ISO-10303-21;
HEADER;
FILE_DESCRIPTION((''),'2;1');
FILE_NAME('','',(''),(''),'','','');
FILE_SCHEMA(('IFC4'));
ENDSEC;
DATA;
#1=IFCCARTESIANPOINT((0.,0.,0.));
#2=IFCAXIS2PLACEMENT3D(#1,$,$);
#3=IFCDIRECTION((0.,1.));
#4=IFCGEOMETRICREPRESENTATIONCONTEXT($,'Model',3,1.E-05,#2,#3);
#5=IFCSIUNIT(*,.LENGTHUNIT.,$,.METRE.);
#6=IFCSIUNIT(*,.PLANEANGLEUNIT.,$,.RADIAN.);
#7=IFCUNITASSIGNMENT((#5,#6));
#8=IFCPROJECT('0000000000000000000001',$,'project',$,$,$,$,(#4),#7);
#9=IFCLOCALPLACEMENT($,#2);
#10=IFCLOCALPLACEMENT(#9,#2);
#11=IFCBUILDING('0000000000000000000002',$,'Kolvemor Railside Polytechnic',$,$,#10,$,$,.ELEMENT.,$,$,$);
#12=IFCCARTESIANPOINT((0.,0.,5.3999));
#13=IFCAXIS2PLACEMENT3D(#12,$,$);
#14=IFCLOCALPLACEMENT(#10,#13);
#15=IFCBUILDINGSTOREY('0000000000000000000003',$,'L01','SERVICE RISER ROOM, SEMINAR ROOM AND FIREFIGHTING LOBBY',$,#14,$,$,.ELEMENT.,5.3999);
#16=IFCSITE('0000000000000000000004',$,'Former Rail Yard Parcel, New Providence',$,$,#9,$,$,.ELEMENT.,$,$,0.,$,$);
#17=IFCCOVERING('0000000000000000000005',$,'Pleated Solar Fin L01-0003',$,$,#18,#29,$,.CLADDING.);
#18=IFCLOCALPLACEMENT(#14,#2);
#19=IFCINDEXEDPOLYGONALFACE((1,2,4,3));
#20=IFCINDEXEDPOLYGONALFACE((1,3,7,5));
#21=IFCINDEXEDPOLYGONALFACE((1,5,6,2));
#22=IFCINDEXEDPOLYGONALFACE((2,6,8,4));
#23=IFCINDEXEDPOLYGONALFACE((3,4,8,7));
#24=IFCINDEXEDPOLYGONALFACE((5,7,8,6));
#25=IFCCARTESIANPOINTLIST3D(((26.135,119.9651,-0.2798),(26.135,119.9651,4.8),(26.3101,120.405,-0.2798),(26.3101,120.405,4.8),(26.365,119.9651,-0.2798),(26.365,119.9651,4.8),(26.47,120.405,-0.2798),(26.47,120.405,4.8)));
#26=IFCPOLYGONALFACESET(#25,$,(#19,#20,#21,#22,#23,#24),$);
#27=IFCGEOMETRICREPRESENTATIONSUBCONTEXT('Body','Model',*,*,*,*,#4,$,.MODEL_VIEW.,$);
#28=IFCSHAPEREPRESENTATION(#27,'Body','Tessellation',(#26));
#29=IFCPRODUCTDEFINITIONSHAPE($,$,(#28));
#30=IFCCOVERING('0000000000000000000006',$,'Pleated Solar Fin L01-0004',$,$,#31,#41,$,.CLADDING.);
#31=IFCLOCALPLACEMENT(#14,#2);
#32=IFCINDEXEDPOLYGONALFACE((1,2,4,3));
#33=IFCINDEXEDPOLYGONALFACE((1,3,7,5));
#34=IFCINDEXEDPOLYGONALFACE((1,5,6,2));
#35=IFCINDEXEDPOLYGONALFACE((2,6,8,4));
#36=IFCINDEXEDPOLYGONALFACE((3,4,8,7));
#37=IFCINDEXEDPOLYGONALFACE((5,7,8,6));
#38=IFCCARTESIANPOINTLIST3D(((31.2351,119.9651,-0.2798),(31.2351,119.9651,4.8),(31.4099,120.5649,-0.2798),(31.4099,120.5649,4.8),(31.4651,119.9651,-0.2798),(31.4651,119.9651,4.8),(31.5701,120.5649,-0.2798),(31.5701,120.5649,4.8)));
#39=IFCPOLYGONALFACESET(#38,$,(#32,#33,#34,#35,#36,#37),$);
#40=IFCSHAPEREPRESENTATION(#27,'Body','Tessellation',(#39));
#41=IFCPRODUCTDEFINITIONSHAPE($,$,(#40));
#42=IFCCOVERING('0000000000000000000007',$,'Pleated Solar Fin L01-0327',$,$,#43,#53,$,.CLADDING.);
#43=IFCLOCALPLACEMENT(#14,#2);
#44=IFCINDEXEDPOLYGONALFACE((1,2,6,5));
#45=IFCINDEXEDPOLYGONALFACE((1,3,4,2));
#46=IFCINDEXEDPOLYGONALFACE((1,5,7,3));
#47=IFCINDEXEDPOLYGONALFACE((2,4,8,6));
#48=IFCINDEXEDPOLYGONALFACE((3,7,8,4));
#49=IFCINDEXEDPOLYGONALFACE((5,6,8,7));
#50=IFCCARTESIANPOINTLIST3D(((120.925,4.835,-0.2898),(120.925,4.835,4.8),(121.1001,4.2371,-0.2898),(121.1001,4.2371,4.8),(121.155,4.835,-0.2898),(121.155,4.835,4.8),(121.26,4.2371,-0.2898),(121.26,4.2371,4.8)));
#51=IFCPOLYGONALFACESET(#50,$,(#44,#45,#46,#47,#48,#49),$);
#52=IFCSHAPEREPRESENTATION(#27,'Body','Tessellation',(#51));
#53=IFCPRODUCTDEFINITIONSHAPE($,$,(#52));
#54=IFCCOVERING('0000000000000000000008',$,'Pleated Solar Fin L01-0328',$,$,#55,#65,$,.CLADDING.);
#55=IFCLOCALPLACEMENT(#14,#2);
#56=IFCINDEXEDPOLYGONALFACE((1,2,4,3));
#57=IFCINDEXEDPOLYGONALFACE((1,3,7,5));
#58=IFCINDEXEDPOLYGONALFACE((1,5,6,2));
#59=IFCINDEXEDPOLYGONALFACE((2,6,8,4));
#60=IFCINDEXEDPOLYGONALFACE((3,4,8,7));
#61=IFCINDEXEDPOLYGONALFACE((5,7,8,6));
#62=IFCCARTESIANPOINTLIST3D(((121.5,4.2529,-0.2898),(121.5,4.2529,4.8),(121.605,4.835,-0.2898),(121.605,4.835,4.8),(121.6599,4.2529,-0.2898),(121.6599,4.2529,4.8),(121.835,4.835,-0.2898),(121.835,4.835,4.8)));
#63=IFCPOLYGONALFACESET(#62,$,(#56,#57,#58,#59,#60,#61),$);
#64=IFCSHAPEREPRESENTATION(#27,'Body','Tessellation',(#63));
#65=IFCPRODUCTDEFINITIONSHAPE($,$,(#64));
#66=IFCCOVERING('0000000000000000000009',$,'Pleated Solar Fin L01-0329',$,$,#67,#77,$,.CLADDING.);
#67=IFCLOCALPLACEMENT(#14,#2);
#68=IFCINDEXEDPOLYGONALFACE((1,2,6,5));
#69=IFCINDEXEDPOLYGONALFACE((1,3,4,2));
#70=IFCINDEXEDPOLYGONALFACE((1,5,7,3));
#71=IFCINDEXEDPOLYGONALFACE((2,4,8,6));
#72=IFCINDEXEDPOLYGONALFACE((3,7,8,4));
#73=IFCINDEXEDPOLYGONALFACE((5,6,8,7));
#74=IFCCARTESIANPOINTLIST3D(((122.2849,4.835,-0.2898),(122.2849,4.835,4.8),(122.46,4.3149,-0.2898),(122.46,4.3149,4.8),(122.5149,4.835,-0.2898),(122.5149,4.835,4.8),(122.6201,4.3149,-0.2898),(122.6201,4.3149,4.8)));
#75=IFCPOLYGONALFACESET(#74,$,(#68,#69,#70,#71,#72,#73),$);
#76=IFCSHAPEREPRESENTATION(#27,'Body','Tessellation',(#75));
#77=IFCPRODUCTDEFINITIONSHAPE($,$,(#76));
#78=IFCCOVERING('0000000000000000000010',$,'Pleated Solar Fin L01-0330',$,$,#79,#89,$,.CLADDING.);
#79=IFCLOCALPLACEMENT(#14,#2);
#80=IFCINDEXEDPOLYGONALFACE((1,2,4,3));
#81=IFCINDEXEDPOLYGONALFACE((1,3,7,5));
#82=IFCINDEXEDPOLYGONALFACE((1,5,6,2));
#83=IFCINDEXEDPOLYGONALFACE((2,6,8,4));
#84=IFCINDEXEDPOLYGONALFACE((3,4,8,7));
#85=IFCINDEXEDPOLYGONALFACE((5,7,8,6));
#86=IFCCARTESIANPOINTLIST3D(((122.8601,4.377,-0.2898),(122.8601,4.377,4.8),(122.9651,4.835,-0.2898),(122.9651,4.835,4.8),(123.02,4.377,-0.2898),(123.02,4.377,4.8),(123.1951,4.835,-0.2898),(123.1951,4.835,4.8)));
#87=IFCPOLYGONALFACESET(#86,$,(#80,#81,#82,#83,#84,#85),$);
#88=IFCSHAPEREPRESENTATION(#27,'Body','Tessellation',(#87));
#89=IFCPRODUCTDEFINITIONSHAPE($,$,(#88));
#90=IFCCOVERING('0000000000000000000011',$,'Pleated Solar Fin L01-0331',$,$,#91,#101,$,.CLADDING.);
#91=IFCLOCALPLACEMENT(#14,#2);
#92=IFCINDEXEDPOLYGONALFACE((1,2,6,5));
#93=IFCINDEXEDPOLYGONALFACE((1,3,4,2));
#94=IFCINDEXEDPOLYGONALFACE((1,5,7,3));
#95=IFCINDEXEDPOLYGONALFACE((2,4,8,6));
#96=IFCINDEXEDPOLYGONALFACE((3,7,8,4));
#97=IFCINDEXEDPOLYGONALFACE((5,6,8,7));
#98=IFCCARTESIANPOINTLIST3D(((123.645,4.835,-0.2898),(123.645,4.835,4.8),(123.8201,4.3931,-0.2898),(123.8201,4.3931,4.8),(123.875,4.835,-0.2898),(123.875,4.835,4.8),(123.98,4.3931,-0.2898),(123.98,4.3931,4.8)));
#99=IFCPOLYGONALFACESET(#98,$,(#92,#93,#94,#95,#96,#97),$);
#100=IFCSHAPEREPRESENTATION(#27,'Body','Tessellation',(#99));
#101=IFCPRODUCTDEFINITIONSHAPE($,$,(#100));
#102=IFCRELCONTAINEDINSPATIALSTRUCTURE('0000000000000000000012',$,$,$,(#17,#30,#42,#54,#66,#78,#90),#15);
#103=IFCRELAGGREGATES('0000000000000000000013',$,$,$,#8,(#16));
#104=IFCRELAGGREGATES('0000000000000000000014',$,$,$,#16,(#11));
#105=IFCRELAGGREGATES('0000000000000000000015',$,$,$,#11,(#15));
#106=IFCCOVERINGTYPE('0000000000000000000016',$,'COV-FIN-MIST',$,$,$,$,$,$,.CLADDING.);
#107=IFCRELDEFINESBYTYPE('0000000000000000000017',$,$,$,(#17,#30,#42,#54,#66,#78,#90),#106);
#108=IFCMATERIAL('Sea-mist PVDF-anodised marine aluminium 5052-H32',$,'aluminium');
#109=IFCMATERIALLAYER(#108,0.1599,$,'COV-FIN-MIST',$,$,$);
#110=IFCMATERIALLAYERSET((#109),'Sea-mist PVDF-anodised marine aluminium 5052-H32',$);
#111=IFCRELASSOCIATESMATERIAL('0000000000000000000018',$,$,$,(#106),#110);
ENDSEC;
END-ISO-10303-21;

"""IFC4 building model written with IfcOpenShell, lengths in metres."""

from ifc_helpers import new_model, si_unit, direction, frame, origin, place, context, subcontext, project, spatial, polyline, outline, extrude, material, layer, layer_set, type_object, element, save


model = new_model("IFC4")

# Units and contexts
model_context = context("Model", 3, precision=1e-05, world=origin(), true_north=direction((0.0, 1.0)))
body_context = subcontext(model_context, "Body", "Model", "MODEL_VIEW")
ifc_project = project(units=[si_unit("LENGTHUNIT", "METRE"), si_unit("PLANEANGLEUNIT", "RADIAN")], contexts=[model_context])

# Site, building, storey
site_placement = place(None, origin())
site = spatial("IfcSite", under=ifc_project, at=site_placement, Name="Former Rail Yard Parcel, New Providence", CompositionType="ELEMENT", RefElevation=0.0)
building_placement = place(site_placement, origin())
building = spatial("IfcBuilding", under=site, at=building_placement, Name="Kolvemor Railside Polytechnic", CompositionType="ELEMENT")
storey_placement = place(building_placement, frame((0.0, 0.0, 5.3999)))
storey = spatial("IfcBuildingStorey", under=building, at=storey_placement, Name="L01", Description="SERVICE RISER ROOM, SEMINAR ROOM AND FIREFIGHTING LOBBY", CompositionType="ELEMENT", Elevation=5.3999)

# Coverings
ifc_material_1 = material(Name="Sea-mist PVDF-anodised marine aluminium 5052-H32", Category="aluminium")
ifc_layer_1 = layer(ifc_material_1, 0.1599, Name="COV-FIN-MIST")
ifc_layer_set_1 = layer_set([ifc_layer_1], Name="Sea-mist PVDF-anodised marine aluminium 5052-H32")
covering_type = type_object("IfcCoveringType", Name="COV-FIN-MIST", PredefinedType="CLADDING", material=ifc_layer_set_1)
covering_1_placement = place(storey_placement, frame((0.0, 0.0, -0.2798)))
element("IfcCovering", 1, at=covering_1_placement, inside=storey, type_object=covering_type, Name="Pleated Solar Fin L01-0003", PredefinedType="CLADDING", context=body_context, shape_type="SweptSolid", body=[
    extrude(outline(polyline([(26.135, 119.9651), (26.365, 119.9651), (26.47, 120.405), (26.3101, 120.405), (26.135, 119.9651)])), origin(), (0.0, 0.0, 1.0), 5.0798),
])
covering_2_placement = place(storey_placement, frame((0.0, 0.0, -0.2798)))
element("IfcCovering", 2, at=covering_2_placement, inside=storey, type_object=covering_type, Name="Pleated Solar Fin L01-0004", PredefinedType="CLADDING", context=body_context, shape_type="SweptSolid", body=[
    extrude(outline(polyline([(31.2351, 119.9651), (31.4651, 119.9651), (31.5701, 120.5649), (31.4099, 120.5649), (31.2351, 119.9651)])), origin(), (0.0, 0.0, 1.0), 5.0798),
])
covering_3_placement = place(storey_placement, frame((0.0, 0.0, -0.2898)))
element("IfcCovering", 3, at=covering_3_placement, inside=storey, type_object=covering_type, Name="Pleated Solar Fin L01-0327", PredefinedType="CLADDING", context=body_context, shape_type="SweptSolid", body=[
    extrude(outline(polyline([(120.925, 4.835), (121.155, 4.835), (121.26, 4.2371), (121.1001, 4.2371), (120.925, 4.835)])), origin(), (0.0, 0.0, 1.0), 5.0898),
])
covering_4_placement = place(storey_placement, frame((0.0, 0.0, -0.2898)))
element("IfcCovering", 4, at=covering_4_placement, inside=storey, type_object=covering_type, Name="Pleated Solar Fin L01-0328", PredefinedType="CLADDING", context=body_context, shape_type="SweptSolid", body=[
    extrude(outline(polyline([(121.605, 4.835), (121.835, 4.835), (121.6599, 4.2529), (121.5, 4.2529), (121.605, 4.835)])), origin(), (0.0, 0.0, 1.0), 5.0898),
])
covering_5_placement = place(storey_placement, frame((0.0, 0.0, -0.2898)))
element("IfcCovering", 5, at=covering_5_placement, inside=storey, type_object=covering_type, Name="Pleated Solar Fin L01-0329", PredefinedType="CLADDING", context=body_context, shape_type="SweptSolid", body=[
    extrude(outline(polyline([(122.2849, 4.835), (122.5149, 4.835), (122.6201, 4.3149), (122.46, 4.3149), (122.2849, 4.835)])), origin(), (0.0, 0.0, 1.0), 5.0898),
])
covering_6_placement = place(storey_placement, frame((0.0, 0.0, -0.2898)))
element("IfcCovering", 6, at=covering_6_placement, inside=storey, type_object=covering_type, Name="Pleated Solar Fin L01-0330", PredefinedType="CLADDING", context=body_context, shape_type="SweptSolid", body=[
    extrude(outline(polyline([(122.9651, 4.835), (123.1951, 4.835), (123.02, 4.377), (122.8601, 4.377), (122.9651, 4.835)])), origin(), (0.0, 0.0, 1.0), 5.0898),
])
covering_7_placement = place(storey_placement, frame((0.0, 0.0, -0.2898)))
element("IfcCovering", 7, at=covering_7_placement, inside=storey, type_object=covering_type, Name="Pleated Solar Fin L01-0331", PredefinedType="CLADDING", context=body_context, shape_type="SweptSolid", body=[
    extrude(outline(polyline([(123.645, 4.835), (123.875, 4.835), (123.98, 4.3931), (123.8201, 4.3931), (123.645, 4.835)])), origin(), (0.0, 0.0, 1.0), 5.0898),
])

save(model, "model.ifc")
